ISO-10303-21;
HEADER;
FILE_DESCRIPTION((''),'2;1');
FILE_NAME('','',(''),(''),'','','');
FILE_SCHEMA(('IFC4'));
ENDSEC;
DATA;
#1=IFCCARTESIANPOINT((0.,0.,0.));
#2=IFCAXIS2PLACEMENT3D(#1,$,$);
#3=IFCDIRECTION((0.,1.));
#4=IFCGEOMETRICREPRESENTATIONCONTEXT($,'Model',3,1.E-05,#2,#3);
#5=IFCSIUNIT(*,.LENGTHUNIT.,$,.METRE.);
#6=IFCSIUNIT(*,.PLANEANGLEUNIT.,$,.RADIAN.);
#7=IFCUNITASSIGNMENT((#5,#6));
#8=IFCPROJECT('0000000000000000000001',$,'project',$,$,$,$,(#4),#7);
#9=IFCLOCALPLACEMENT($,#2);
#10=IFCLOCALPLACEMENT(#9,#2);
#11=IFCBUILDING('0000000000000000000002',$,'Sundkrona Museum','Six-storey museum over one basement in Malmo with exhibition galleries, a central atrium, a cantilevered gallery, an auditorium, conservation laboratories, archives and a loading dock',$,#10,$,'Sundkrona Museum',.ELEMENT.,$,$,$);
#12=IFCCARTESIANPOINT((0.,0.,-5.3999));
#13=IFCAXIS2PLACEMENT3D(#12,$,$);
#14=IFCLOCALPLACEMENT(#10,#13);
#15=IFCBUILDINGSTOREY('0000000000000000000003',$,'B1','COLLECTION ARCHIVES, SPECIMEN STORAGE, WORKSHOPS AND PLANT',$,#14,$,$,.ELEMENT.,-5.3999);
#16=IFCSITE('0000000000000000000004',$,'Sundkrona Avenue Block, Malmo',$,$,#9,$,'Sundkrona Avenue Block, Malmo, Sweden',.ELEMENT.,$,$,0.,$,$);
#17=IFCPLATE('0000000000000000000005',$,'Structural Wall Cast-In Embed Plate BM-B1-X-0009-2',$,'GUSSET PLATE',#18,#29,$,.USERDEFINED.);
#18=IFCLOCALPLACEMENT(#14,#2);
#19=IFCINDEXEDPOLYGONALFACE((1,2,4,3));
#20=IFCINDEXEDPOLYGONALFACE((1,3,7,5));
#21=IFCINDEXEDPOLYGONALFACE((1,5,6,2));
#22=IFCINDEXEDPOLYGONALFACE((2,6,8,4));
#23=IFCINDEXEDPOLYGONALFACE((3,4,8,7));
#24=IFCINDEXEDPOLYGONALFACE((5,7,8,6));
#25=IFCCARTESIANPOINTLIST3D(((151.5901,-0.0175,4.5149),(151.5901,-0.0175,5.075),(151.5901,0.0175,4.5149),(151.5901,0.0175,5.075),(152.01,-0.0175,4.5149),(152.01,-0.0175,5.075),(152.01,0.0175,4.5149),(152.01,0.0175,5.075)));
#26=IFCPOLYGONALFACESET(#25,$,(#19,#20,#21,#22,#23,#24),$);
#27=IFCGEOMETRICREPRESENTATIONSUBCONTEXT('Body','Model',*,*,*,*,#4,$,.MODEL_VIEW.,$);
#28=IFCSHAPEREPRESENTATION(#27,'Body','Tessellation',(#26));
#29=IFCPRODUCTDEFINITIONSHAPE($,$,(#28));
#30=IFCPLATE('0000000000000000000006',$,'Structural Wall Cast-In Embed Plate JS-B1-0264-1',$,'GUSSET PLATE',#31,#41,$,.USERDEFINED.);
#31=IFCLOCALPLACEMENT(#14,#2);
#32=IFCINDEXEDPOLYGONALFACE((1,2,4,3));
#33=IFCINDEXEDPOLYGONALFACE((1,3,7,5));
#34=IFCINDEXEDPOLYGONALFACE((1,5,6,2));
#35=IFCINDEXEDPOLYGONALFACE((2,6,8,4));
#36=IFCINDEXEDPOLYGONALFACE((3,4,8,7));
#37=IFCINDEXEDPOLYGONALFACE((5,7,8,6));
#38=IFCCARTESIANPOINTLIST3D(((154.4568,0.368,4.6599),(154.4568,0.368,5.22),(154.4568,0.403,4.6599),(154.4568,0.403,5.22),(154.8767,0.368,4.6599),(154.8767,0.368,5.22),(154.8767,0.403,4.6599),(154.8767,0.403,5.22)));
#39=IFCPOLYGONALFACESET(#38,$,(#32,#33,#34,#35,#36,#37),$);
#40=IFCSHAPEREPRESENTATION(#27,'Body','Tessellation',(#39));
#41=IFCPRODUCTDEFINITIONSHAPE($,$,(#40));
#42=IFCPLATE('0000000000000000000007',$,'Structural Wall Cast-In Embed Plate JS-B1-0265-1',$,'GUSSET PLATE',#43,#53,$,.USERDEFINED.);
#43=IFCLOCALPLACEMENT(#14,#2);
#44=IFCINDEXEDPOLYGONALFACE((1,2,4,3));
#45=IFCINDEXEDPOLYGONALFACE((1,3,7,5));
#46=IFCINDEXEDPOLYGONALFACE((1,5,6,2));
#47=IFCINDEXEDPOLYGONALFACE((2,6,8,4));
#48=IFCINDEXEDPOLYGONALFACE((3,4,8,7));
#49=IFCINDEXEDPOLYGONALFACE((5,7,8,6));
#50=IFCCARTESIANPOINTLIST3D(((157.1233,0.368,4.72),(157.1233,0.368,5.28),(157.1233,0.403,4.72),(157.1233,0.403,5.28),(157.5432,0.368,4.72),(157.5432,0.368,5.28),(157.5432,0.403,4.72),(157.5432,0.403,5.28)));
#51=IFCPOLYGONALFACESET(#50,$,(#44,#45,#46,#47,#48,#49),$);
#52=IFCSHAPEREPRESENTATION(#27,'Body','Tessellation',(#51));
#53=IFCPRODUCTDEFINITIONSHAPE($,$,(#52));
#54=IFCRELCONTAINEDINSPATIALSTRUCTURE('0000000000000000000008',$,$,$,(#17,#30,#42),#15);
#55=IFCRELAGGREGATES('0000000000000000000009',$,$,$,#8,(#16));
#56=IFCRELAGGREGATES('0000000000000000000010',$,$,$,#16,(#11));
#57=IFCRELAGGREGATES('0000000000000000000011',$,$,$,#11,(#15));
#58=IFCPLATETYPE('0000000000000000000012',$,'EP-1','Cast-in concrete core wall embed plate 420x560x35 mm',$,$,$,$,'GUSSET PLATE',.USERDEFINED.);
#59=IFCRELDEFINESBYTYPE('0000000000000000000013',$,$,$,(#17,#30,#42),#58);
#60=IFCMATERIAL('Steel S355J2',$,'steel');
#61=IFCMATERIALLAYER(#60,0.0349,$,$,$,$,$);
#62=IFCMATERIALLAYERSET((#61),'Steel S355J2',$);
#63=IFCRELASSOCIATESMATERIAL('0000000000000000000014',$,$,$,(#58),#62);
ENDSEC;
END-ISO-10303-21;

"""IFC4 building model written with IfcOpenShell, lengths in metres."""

from ifc_helpers import new_model, si_unit, direction, frame, origin, origin_2d, place, context, subcontext, project, spatial, rectangle, extrude, material, layer, layer_set, type_object, element, save


model = new_model("IFC4")

# Units and contexts
model_context = context("Model", 3, precision=1e-05, world=origin(), true_north=direction((0.0, 1.0)))
body_context = subcontext(model_context, "Body", "Model", "MODEL_VIEW")
ifc_project = project(units=[si_unit("LENGTHUNIT", "METRE"), si_unit("PLANEANGLEUNIT", "RADIAN")], contexts=[model_context])

# Site, building, storey
site_placement = place(None, origin())
site = spatial("IfcSite", under=ifc_project, at=site_placement, Name="Sundkrona Avenue Block, Malmo", LongName="Sundkrona Avenue Block, Malmo, Sweden", CompositionType="ELEMENT", RefElevation=0.0)
building_placement = place(site_placement, origin())
building = spatial("IfcBuilding", under=site, at=building_placement, Name="Sundkrona Museum", Description="Six-storey museum over one basement in Malmo with exhibition galleries, a central atrium, a cantilevered gallery, an auditorium, conservation laboratories, archives and a loading dock", LongName="Sundkrona Museum", CompositionType="ELEMENT")
storey_placement = place(building_placement, frame((0.0, 0.0, -5.3999)))
storey = spatial("IfcBuildingStorey", under=building, at=storey_placement, Name="B1", Description="COLLECTION ARCHIVES, SPECIMEN STORAGE, WORKSHOPS AND PLANT", CompositionType="ELEMENT", Elevation=-5.3999)

# Shared definitions
ifc_material_1 = material(Name="Steel S355J2", Category="steel")

# Plates
ifc_layer = layer(ifc_material_1, 0.0349)
ifc_layer_set = layer_set([ifc_layer], Name="Steel S355J2")
plate_type = type_object("IfcPlateType", Name="EP-1", Description="Cast-in concrete core wall embed plate 420x560x35 mm", ElementType="GUSSET PLATE", PredefinedType="USERDEFINED", material=ifc_layer_set)
for number, where, z_axis, x_axis, name in (
    (1, (151.8, 0.0, 4.5149), (0.0, 0.0, 1.0), (1.0, 0.0, 0.0), "Structural Wall Cast-In Embed Plate BM-B1-X-0009-2"),
    (2, (154.6667, 0.3855, 4.6599), (0.0, 0.0, 1.0), (1.0, 0.0, 0.0), "Structural Wall Cast-In Embed Plate JS-B1-0264-1"),
    (3, (157.3333, 0.3855, 4.72), (0.0, 0.0, 1.0), (1.0, 0.0, 0.0), "Structural Wall Cast-In Embed Plate JS-B1-0265-1"),
):
    element("IfcPlate", number, at=place(storey_placement, frame(where, z_axis=z_axis, x_axis=x_axis)), inside=storey, type_object=plate_type, Name=name, ObjectType="GUSSET PLATE", PredefinedType="USERDEFINED", context=body_context, shape_type="SweptSolid", body=[
        extrude(rectangle(XDim=0.4199, YDim=0.0349, at=origin_2d()), origin(), (0.0, 0.0, 1.0), 0.5601),
    ])

save(model, "model.ifc")
